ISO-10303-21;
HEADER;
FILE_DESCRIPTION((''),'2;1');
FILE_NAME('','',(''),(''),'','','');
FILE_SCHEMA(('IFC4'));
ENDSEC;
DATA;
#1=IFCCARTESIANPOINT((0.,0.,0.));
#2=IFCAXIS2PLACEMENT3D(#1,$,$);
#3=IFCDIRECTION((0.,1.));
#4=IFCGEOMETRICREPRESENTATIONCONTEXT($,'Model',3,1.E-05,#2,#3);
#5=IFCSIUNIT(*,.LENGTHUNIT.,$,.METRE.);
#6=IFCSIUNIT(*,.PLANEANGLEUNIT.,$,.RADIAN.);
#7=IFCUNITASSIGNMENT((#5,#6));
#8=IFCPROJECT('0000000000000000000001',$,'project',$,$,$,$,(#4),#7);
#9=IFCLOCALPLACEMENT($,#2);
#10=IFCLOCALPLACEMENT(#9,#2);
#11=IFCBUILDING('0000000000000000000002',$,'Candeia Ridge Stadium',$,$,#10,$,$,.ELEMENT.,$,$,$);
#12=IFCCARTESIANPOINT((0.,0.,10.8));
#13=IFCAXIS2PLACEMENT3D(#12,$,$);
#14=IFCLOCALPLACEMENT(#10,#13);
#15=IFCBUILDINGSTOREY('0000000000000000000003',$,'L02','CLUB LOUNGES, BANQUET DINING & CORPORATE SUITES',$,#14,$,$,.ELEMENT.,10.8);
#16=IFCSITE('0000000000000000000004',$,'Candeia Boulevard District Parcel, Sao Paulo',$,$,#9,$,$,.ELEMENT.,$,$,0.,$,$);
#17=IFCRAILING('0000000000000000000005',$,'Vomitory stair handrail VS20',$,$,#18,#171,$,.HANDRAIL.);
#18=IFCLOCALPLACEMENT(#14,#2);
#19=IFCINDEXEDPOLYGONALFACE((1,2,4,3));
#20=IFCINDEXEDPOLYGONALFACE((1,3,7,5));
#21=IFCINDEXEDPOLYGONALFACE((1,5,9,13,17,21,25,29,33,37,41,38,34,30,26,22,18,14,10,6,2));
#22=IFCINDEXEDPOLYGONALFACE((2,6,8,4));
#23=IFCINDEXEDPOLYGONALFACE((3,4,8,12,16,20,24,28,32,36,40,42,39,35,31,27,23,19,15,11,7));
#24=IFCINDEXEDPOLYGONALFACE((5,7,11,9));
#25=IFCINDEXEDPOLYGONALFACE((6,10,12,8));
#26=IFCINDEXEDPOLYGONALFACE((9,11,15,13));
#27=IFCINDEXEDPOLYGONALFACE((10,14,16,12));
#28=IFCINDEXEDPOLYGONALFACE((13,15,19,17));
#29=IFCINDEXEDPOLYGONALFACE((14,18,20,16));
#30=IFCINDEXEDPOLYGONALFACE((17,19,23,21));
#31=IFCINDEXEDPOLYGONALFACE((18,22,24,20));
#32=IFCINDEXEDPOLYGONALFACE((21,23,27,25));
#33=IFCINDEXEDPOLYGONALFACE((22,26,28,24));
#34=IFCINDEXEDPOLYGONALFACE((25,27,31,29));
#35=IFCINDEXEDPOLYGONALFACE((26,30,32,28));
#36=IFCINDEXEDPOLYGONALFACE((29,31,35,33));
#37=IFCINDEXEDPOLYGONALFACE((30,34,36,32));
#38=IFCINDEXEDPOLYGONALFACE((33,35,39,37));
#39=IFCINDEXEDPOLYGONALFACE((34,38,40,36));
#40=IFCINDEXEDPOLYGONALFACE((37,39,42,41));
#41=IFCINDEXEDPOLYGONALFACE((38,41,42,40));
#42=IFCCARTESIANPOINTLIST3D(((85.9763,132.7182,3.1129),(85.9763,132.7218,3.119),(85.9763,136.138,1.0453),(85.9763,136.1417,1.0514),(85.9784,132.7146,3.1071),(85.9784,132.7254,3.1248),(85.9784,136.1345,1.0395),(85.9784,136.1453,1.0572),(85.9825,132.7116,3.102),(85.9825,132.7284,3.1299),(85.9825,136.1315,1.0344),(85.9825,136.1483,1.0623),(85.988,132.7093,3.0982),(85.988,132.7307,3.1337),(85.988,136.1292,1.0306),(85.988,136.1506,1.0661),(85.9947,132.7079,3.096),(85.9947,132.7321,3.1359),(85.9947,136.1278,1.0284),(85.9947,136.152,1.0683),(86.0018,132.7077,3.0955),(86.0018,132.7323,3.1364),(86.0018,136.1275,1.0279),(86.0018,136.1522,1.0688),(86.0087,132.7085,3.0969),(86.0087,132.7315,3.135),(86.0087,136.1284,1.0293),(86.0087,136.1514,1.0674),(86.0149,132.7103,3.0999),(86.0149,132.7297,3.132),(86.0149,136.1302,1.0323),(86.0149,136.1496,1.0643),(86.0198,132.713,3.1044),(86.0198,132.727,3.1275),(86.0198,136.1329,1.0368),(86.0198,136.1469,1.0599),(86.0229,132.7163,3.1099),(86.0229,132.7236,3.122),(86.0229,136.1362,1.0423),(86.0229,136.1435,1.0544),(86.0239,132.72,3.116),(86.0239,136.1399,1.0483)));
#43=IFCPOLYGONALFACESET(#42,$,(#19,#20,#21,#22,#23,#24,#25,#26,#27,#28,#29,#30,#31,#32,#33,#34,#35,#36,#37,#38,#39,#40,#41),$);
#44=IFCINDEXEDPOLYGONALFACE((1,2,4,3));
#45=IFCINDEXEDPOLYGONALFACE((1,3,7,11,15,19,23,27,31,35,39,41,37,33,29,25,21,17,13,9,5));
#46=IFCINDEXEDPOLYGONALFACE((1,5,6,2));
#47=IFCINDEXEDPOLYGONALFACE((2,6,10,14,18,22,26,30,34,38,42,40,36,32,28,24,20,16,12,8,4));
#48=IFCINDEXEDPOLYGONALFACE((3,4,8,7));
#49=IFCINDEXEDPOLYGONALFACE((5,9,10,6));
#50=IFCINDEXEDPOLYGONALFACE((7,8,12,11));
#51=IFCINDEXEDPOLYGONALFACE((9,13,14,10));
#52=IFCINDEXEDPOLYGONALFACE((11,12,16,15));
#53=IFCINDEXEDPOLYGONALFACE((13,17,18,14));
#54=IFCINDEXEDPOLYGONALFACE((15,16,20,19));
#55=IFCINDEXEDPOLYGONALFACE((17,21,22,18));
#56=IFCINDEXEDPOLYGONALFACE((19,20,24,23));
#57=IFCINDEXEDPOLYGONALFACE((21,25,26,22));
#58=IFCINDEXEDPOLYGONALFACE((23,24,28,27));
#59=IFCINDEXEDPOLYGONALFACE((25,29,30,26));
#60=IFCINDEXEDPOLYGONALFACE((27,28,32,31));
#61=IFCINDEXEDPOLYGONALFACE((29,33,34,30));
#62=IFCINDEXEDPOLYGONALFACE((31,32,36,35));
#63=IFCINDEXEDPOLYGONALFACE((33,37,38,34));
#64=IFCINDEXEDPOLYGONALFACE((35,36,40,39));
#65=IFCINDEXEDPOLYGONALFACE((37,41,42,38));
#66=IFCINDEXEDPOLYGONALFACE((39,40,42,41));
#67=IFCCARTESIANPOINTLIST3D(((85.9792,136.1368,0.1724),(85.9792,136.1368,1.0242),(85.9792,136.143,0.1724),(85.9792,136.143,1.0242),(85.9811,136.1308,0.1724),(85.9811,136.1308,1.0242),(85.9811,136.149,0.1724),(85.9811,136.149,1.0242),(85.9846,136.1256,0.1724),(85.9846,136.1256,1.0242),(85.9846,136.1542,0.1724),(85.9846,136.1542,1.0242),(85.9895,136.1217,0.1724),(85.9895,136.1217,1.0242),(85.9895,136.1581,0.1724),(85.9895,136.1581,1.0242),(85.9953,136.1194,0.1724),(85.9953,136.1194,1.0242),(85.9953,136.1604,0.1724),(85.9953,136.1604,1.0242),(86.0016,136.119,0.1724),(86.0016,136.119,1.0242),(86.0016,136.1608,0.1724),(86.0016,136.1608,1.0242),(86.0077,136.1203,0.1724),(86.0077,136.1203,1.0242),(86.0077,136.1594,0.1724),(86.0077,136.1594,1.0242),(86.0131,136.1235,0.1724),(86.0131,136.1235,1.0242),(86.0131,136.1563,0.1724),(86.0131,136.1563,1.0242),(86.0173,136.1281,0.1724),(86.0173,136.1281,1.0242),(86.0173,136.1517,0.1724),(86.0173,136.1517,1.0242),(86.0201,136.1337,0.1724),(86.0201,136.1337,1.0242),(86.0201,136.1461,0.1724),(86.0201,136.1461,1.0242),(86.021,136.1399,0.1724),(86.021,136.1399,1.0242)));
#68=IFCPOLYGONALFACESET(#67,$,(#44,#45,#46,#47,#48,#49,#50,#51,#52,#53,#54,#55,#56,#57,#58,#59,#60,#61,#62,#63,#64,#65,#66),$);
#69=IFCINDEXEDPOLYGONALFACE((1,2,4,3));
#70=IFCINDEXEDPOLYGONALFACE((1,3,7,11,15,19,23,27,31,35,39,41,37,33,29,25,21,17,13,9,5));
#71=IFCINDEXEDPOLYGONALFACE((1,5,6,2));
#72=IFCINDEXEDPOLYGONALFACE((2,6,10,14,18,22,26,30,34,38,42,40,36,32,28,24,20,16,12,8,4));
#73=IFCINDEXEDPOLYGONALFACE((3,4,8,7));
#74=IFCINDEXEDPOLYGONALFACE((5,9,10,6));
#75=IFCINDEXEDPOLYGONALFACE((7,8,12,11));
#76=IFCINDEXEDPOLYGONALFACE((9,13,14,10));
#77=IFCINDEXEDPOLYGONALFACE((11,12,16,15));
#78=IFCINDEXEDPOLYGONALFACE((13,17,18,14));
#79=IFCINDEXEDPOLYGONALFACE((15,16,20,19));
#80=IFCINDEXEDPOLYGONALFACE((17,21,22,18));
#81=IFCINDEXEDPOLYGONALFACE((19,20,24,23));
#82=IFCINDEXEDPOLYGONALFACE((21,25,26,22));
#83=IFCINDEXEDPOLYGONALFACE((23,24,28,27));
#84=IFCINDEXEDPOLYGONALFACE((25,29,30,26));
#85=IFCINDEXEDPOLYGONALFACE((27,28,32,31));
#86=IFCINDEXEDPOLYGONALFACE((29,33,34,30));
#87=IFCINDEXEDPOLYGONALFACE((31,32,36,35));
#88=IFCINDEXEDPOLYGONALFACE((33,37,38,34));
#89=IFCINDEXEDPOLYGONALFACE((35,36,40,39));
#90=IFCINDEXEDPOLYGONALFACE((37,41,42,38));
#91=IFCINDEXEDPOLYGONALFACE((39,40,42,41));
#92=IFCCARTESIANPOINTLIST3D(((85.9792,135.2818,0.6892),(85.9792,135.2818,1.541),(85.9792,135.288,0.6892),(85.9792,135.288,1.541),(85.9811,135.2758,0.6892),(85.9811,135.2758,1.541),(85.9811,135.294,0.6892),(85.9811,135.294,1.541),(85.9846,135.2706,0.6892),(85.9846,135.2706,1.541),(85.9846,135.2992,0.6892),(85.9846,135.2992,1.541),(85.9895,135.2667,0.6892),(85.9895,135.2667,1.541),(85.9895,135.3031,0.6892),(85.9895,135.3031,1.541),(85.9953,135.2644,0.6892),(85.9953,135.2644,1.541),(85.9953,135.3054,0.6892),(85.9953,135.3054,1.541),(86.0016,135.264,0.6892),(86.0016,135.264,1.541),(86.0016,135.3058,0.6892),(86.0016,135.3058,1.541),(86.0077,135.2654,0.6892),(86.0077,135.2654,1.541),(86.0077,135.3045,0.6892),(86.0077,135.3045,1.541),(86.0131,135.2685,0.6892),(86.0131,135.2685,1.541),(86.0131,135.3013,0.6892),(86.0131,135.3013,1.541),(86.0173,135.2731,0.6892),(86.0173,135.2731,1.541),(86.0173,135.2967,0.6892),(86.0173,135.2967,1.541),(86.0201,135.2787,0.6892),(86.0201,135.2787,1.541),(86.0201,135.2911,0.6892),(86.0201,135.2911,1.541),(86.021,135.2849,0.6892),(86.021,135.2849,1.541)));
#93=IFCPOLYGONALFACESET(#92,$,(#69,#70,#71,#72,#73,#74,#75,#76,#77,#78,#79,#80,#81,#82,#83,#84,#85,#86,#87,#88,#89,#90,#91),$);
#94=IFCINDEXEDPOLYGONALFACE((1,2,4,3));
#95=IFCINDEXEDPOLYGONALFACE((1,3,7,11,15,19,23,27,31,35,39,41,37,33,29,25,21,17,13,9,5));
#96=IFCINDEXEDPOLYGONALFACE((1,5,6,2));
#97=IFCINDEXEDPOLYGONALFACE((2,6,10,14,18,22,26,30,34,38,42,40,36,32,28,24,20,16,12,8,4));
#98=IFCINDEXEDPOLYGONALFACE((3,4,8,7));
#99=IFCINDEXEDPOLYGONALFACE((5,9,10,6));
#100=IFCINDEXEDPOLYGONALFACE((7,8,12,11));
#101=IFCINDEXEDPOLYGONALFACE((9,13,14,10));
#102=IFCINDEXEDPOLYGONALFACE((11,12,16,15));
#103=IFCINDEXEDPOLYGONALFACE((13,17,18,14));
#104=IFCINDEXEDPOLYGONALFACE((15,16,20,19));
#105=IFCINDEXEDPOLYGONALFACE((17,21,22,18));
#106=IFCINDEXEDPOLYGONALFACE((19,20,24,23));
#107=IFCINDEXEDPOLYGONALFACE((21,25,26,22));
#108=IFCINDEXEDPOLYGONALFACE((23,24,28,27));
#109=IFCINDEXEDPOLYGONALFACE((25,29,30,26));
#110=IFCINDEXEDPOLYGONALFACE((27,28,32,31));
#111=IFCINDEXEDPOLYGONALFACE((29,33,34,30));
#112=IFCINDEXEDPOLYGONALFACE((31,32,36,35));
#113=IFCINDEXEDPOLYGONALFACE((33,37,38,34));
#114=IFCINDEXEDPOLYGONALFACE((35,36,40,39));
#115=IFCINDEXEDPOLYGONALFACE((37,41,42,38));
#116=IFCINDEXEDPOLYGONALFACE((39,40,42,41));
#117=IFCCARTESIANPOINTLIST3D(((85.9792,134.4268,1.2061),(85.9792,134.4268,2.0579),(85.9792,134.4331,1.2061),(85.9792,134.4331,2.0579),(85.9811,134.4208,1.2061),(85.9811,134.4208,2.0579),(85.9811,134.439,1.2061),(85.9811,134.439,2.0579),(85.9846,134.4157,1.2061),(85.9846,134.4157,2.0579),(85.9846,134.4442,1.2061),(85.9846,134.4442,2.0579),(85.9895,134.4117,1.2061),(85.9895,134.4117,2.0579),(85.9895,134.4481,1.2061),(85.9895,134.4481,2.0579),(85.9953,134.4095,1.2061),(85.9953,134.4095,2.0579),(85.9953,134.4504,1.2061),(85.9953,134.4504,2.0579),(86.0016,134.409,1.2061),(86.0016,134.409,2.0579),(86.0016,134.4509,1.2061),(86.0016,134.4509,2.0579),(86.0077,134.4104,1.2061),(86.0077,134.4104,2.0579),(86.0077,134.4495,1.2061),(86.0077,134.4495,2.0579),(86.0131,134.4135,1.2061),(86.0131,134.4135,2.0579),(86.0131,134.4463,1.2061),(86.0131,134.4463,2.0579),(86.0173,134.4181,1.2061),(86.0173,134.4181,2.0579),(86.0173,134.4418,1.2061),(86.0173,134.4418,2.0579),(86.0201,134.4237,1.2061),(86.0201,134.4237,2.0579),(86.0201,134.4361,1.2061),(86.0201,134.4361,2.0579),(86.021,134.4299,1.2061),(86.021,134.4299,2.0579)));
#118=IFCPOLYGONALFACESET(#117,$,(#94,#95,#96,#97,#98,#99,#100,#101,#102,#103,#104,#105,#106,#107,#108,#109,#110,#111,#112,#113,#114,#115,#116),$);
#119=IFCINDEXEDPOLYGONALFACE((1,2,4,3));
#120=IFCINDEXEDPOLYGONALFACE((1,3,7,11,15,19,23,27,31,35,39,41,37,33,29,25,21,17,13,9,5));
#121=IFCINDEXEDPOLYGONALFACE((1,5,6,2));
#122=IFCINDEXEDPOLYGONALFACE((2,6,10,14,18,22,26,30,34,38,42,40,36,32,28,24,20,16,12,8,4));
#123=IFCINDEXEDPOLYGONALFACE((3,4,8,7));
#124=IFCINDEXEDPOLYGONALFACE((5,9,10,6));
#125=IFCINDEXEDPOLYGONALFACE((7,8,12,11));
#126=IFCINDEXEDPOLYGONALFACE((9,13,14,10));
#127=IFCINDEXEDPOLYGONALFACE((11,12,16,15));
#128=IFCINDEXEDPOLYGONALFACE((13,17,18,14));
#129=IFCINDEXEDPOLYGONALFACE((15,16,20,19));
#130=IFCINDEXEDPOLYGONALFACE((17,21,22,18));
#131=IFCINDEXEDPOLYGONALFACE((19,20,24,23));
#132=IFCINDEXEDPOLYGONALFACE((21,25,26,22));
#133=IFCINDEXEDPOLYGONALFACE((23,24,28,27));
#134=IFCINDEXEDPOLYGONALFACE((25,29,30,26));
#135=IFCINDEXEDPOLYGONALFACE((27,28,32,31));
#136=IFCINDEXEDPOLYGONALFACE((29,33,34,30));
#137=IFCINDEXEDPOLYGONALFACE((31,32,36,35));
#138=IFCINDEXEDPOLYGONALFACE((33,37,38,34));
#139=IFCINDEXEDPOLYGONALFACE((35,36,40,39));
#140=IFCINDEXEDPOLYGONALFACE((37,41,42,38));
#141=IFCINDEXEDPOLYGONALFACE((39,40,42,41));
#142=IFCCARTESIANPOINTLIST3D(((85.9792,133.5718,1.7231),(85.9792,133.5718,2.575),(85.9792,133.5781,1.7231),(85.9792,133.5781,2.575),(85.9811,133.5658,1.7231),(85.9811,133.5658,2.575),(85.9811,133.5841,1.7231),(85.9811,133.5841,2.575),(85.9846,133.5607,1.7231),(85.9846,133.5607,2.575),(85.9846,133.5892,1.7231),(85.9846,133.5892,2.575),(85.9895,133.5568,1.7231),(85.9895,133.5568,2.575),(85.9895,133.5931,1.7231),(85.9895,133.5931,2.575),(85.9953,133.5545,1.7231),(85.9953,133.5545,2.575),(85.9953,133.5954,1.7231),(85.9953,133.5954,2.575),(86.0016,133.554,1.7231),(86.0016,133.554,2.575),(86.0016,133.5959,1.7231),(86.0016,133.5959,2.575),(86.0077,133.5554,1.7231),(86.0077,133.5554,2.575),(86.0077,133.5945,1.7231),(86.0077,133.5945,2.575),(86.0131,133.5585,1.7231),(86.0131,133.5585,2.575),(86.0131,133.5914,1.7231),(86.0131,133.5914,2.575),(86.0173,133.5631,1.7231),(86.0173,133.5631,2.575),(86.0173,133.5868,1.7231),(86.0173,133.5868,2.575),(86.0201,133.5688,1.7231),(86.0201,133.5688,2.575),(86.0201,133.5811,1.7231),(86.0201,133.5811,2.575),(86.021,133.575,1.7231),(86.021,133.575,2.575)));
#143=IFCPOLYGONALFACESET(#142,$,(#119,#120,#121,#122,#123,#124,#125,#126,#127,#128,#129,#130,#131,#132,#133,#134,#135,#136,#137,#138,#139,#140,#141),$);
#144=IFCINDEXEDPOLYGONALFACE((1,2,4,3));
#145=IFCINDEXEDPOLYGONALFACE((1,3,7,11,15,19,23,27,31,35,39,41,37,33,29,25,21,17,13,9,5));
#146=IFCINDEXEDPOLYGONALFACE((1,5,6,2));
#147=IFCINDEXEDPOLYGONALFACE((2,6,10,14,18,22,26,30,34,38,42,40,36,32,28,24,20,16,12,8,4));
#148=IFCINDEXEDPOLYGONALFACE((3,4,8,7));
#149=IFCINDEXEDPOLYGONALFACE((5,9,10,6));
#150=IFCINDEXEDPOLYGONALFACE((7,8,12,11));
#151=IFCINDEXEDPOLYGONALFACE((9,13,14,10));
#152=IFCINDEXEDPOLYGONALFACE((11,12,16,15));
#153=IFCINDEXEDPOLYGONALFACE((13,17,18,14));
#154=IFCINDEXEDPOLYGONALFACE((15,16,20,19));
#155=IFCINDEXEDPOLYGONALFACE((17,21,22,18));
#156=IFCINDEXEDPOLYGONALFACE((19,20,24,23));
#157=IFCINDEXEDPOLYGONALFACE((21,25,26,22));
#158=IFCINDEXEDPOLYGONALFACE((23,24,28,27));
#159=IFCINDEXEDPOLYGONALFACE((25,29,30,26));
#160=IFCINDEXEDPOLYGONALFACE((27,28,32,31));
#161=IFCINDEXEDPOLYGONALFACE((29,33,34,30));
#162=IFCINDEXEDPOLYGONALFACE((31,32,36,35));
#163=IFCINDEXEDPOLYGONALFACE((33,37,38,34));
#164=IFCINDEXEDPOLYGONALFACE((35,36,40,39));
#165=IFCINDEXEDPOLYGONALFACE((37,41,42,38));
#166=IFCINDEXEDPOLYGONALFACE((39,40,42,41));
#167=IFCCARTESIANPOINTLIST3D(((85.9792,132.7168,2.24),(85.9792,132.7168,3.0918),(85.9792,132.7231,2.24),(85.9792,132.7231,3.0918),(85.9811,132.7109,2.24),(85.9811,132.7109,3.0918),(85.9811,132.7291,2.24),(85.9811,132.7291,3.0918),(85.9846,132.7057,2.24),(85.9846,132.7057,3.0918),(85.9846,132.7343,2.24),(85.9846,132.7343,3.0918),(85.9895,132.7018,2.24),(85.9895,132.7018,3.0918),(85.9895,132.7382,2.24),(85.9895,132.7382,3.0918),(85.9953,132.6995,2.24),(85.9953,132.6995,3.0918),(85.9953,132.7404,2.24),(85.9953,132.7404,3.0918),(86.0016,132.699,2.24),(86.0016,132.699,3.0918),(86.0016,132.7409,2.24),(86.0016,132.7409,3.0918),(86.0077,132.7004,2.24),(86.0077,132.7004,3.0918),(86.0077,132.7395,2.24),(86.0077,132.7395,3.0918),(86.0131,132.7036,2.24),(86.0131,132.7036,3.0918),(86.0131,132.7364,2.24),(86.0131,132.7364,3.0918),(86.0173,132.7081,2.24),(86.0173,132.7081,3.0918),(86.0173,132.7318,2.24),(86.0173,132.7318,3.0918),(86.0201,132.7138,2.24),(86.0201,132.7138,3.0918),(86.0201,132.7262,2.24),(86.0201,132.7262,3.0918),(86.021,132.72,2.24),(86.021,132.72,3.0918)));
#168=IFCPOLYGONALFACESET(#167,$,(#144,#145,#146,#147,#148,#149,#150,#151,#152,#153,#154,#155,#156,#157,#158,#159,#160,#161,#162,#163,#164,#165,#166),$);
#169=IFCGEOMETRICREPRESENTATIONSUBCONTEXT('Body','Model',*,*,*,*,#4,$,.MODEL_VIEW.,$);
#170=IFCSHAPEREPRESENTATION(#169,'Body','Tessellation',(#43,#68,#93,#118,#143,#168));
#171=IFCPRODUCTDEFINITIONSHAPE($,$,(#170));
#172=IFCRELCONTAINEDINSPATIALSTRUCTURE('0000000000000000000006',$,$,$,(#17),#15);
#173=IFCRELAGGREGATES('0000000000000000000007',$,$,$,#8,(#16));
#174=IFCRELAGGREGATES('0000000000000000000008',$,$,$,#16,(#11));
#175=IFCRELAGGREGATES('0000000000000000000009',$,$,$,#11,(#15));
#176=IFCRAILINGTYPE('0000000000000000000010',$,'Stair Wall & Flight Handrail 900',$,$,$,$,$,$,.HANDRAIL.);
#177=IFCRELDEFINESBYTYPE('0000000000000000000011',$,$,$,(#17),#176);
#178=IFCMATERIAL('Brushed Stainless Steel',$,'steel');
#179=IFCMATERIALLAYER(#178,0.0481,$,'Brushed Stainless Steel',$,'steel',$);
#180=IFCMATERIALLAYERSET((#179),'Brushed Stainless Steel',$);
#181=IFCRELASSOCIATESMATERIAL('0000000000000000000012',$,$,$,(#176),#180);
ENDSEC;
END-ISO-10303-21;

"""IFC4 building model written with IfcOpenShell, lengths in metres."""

from ifc_helpers import new_model, si_unit, direction, frame, origin, origin_2d, place, context, subcontext, project, spatial, circle, extrude, material, layer, layer_set, type_object, element, save


model = new_model("IFC4")

# Units and contexts
model_context = context("Model", 3, precision=1e-05, world=origin(), true_north=direction((0.0, 1.0)))
body_context = subcontext(model_context, "Body", "Model", "MODEL_VIEW")
ifc_project = project(units=[si_unit("LENGTHUNIT", "METRE"), si_unit("PLANEANGLEUNIT", "RADIAN")], contexts=[model_context])

# Site, building, storey
site_placement = place(None, origin())
site = spatial("IfcSite", under=ifc_project, at=site_placement, Name="Candeia Boulevard District Parcel, Sao Paulo", CompositionType="ELEMENT", RefElevation=0.0)
building_placement = place(site_placement, origin())
building = spatial("IfcBuilding", under=site, at=building_placement, Name="Candeia Ridge Stadium", CompositionType="ELEMENT")
storey_placement = place(building_placement, frame((0.0, 0.0, 10.8)))
storey = spatial("IfcBuildingStorey", under=building, at=storey_placement, Name="L02", Description="CLUB LOUNGES, BANQUET DINING & CORPORATE SUITES", CompositionType="ELEMENT", Elevation=10.8)

# Shared definitions
ifc_material_1 = material(Name="Brushed Stainless Steel", Category="steel")

# Railing
ifc_layer_1 = layer(ifc_material_1, 0.0481, Name="Brushed Stainless Steel", Category="steel")
ifc_layer_set_1 = layer_set([ifc_layer_1], Name="Brushed Stainless Steel")
railing_type_1 = type_object("IfcRailingType", Name="Stair Wall & Flight Handrail 900", PredefinedType="HANDRAIL", material=ifc_layer_set_1)
railing_1_placement = place(storey_placement, frame((86.0, 136.1399, 0.1724)))
element("IfcRailing", 1, at=railing_1_placement, inside=storey, type_object=railing_type_1, Name="Vomitory stair handrail VS20", PredefinedType="HANDRAIL", context=body_context, shape_type="SweptSolid", body=[
    extrude(circle(Radius=0.0239, at=origin_2d()), frame((0.0, 0.0, 0.876), z_axis=(0.0, -0.855758, 0.517377), x_axis=(1.0, 0.0, 0.0)), (0.0, 0.0, 1.0), 3.9963),
    extrude(circle(Radius=0.021, at=origin_2d()), origin(), (0.0, 0.0, 1.0), 0.8518),
    extrude(circle(Radius=0.021, at=origin_2d()), frame((0.0, -0.855, 0.5168)), (0.0, 0.0, 1.0), 0.8518),
    extrude(circle(Radius=0.021, at=origin_2d()), frame((0.0, -1.71, 1.0337)), (0.0, 0.0, 1.0), 0.8518),
    extrude(circle(Radius=0.021, at=origin_2d()), frame((0.0, -2.5649, 1.5508)), (0.0, 0.0, 1.0), 0.8518),
    extrude(circle(Radius=0.021, at=origin_2d()), frame((0.0, -3.4199, 2.0676)), (0.0, 0.0, 1.0), 0.8518),
])

save(model, "model.ifc")
